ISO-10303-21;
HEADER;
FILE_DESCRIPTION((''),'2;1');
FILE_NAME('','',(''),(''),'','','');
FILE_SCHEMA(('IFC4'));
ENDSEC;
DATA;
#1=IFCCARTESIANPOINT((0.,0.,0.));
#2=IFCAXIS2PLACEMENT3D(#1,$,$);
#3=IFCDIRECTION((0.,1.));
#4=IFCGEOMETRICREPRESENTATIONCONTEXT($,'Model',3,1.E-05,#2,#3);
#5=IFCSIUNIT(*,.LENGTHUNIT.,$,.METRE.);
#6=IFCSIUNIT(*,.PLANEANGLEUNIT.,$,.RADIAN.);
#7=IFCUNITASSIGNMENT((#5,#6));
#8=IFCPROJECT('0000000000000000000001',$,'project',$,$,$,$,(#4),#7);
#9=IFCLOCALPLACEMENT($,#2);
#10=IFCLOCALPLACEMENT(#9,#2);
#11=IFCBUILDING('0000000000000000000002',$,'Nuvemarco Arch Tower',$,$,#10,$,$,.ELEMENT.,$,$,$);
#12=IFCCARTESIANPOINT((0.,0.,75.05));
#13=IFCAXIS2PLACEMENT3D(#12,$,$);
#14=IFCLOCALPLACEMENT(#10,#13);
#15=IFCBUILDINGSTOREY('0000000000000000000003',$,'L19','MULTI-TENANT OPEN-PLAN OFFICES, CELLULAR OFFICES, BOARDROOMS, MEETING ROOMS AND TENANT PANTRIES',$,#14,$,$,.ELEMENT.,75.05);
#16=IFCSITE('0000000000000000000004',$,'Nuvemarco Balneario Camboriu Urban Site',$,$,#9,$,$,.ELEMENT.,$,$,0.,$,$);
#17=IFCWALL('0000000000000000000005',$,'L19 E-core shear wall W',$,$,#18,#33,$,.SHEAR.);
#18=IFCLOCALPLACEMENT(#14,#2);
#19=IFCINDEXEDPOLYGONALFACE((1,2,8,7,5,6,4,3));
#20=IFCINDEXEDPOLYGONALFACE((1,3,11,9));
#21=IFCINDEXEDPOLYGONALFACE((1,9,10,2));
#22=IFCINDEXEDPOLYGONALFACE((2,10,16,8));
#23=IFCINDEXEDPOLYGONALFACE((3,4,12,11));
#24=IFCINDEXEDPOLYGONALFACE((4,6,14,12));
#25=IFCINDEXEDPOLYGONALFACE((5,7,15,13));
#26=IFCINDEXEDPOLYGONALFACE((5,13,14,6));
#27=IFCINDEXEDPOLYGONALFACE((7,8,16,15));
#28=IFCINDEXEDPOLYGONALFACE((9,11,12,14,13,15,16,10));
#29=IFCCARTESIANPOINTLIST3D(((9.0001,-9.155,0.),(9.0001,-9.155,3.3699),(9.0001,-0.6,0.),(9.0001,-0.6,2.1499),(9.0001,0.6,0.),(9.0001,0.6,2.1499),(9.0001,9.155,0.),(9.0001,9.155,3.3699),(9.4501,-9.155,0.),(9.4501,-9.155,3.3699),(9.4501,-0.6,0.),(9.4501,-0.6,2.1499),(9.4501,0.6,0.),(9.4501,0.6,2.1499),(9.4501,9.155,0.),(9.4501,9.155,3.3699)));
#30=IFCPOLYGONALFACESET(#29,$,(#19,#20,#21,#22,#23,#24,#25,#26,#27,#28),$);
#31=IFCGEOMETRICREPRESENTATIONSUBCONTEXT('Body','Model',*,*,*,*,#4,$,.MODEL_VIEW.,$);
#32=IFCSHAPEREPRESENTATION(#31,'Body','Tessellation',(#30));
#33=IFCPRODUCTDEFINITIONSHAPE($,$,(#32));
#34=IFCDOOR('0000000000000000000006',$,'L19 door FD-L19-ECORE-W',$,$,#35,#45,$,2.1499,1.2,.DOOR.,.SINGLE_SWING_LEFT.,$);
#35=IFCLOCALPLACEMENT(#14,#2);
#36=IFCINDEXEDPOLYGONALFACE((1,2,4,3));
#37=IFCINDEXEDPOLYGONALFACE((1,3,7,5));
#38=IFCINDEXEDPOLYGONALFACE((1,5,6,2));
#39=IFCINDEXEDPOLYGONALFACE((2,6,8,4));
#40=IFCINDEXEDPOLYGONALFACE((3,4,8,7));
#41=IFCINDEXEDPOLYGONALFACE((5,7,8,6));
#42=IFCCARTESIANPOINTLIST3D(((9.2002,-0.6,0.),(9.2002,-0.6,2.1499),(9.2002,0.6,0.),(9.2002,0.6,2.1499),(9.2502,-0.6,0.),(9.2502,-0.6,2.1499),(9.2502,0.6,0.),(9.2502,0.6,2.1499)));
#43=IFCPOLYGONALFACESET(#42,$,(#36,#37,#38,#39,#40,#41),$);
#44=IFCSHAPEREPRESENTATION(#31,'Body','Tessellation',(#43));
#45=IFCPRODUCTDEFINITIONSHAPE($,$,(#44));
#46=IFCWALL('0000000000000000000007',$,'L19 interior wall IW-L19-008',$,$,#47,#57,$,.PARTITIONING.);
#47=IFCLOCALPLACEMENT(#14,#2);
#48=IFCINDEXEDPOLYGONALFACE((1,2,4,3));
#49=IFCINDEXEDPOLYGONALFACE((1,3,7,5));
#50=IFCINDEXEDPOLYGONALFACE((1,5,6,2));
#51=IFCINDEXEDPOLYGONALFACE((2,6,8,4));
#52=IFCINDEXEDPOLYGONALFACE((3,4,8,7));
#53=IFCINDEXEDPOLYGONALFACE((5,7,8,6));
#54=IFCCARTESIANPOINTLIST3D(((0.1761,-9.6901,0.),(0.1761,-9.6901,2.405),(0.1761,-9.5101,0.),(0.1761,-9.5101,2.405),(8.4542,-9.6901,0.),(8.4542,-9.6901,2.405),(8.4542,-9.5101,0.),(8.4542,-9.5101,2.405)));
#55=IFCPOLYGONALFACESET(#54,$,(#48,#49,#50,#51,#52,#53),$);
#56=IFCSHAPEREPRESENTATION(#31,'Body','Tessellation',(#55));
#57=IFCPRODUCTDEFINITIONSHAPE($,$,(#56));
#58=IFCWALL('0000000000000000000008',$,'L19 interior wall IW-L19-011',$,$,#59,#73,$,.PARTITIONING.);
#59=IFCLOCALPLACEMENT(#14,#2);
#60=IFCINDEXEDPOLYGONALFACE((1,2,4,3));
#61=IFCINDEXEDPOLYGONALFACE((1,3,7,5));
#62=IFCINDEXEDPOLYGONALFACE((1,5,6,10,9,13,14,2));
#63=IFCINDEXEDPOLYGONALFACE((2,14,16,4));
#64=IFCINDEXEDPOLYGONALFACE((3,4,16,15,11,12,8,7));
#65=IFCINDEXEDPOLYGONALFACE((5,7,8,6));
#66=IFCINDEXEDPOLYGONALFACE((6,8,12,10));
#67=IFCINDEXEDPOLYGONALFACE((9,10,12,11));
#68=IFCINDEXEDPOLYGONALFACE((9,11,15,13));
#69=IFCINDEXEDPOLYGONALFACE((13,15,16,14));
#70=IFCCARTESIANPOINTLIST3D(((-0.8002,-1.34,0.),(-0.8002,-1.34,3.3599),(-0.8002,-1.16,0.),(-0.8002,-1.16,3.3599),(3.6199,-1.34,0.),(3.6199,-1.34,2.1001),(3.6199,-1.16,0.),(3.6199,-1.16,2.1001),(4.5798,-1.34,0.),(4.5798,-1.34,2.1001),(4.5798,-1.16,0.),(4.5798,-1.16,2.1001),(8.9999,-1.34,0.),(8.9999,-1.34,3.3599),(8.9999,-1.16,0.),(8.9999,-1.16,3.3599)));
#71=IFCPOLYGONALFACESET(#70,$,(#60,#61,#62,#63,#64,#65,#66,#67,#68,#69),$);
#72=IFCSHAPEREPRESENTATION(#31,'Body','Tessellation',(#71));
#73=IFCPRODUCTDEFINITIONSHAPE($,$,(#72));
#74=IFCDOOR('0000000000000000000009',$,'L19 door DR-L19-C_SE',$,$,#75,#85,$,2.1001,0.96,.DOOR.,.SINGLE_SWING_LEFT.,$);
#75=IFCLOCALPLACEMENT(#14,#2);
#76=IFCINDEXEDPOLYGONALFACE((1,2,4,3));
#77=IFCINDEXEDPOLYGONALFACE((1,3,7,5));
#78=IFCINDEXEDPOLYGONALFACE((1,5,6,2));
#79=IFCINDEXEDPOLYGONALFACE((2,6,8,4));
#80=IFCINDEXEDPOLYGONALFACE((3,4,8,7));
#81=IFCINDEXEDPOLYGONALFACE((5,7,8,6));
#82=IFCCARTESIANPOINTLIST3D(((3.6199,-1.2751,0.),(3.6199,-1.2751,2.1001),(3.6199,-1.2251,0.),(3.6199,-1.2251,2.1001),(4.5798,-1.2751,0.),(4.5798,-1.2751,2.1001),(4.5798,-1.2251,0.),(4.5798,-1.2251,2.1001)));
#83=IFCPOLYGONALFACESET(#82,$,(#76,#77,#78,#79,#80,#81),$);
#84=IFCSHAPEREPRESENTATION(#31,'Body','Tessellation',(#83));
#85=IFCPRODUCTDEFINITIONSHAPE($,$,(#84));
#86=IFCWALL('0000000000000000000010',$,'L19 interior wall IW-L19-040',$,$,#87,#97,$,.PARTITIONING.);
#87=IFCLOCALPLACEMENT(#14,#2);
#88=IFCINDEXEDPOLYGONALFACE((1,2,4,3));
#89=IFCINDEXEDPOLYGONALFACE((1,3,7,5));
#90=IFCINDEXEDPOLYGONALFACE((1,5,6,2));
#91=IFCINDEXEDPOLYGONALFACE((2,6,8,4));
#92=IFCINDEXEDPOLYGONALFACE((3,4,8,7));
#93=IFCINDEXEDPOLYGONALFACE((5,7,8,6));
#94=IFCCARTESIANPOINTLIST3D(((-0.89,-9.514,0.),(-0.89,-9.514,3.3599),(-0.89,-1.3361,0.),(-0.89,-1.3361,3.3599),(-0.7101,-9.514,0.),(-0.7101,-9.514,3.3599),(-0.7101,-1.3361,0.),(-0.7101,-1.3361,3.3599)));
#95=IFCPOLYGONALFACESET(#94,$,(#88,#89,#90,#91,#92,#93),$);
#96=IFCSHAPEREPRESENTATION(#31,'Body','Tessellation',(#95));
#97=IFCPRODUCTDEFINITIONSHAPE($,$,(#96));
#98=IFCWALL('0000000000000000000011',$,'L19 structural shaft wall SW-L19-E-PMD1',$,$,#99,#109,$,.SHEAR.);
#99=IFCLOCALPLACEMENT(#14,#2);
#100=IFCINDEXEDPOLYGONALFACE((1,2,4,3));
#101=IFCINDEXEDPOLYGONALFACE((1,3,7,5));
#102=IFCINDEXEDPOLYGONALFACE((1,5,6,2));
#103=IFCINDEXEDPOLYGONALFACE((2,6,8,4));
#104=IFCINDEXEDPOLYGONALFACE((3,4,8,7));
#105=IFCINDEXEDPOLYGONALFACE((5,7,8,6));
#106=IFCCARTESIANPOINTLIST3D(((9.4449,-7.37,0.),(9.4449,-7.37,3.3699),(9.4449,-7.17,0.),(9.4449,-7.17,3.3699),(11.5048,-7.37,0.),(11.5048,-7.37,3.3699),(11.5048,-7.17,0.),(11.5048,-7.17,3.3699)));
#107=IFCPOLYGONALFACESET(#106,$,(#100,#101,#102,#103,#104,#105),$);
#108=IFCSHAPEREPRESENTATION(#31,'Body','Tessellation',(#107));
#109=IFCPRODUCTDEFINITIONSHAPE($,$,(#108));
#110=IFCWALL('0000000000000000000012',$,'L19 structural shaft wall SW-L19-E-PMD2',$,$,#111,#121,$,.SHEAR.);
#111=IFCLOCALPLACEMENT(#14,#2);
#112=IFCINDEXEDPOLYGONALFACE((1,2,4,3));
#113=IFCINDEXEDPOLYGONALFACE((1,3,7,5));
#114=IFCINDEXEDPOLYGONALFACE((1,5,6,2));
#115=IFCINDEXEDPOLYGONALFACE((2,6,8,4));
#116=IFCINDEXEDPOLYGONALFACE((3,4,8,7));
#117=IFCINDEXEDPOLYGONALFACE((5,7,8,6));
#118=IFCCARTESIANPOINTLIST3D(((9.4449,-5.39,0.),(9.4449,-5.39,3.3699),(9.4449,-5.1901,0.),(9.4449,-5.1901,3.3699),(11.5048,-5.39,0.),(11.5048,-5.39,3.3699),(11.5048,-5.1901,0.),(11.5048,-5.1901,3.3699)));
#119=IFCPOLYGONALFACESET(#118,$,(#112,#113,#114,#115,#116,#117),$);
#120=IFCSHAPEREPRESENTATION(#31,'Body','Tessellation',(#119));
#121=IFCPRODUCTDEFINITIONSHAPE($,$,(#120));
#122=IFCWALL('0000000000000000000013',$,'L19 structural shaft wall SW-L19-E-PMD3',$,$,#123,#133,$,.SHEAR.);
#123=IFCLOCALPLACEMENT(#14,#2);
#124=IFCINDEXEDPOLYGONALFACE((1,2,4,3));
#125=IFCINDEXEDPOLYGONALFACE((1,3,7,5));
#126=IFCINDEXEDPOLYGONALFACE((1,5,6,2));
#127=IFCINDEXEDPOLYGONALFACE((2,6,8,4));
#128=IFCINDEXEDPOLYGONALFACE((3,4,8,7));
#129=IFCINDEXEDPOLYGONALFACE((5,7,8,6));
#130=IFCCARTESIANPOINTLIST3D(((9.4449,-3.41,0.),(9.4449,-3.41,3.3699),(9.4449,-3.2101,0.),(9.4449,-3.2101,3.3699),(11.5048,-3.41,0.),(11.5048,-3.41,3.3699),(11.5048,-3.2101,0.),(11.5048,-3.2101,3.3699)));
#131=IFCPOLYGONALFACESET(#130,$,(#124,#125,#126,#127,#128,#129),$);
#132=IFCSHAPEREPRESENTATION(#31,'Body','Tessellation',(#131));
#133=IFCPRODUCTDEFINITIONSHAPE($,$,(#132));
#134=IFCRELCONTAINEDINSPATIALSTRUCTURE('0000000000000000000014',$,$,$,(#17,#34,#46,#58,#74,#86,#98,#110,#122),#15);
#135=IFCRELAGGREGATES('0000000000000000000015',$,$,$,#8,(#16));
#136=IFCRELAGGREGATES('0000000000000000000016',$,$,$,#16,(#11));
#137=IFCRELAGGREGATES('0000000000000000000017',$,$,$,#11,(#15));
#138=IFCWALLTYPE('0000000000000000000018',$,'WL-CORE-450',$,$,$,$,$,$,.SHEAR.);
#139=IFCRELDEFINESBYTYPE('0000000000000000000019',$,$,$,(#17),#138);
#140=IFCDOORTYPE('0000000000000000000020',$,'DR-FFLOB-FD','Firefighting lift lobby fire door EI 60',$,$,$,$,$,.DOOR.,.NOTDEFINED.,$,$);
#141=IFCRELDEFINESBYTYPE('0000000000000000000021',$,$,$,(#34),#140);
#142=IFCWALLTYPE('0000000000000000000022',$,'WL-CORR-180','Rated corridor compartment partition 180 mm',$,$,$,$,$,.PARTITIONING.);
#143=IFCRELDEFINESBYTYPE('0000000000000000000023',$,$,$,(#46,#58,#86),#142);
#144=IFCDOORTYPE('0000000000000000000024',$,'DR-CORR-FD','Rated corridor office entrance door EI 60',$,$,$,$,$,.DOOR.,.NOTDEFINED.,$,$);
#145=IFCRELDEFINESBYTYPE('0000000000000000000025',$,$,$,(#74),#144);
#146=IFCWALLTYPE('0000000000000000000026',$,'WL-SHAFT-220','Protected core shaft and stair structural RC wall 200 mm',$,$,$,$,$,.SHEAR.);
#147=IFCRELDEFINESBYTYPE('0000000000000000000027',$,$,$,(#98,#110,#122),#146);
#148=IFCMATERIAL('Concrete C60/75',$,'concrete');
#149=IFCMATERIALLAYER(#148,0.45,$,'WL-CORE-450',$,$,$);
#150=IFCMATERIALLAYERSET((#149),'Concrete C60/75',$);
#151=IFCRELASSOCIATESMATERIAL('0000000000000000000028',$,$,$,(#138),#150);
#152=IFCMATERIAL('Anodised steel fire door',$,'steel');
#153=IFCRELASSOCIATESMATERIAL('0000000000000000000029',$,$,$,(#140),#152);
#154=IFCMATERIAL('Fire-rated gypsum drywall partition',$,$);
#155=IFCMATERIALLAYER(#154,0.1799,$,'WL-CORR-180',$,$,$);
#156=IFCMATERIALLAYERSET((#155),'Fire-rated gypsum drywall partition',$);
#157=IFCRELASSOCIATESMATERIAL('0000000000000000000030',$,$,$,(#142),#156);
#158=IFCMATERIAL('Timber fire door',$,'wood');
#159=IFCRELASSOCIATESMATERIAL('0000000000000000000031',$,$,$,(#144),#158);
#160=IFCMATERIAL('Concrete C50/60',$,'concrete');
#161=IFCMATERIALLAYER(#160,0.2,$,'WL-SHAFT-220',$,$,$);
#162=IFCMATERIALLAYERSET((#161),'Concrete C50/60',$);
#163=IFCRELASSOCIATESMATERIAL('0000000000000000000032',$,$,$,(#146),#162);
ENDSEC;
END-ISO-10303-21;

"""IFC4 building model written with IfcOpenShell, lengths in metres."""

from ifc_helpers import new_model, si_unit, direction, frame, frame_2d, origin, place, context, subcontext, project, spatial, rectangle, extrude, source, transform, mapped, material, layer, layer_set, type_object, type_shapes, element, fill, save


model = new_model("IFC4")

# Units and contexts
model_context = context("Model", 3, precision=1e-05, world=origin(), true_north=direction((0.0, 1.0)))
body_context = subcontext(model_context, "Body", "Model", "MODEL_VIEW")
ifc_project = project(units=[si_unit("LENGTHUNIT", "METRE"), si_unit("PLANEANGLEUNIT", "RADIAN")], contexts=[model_context])

# Site, building, storey
site_placement = place(None, origin())
site = spatial("IfcSite", under=ifc_project, at=site_placement, Name="Nuvemarco Balneario Camboriu Urban Site", CompositionType="ELEMENT", RefElevation=0.0)
building_placement = place(site_placement, origin())
building = spatial("IfcBuilding", under=site, at=building_placement, Name="Nuvemarco Arch Tower", CompositionType="ELEMENT")
storey_placement = place(building_placement, frame((0.0, 0.0, 75.05)))
storey = spatial("IfcBuildingStorey", under=building, at=storey_placement, Name="L19", Description="MULTI-TENANT OPEN-PLAN OFFICES, CELLULAR OFFICES, BOARDROOMS, MEETING ROOMS AND TENANT PANTRIES", CompositionType="ELEMENT", Elevation=75.05)

# Shared definitions
ifc_material_1 = material(Name="Concrete C60/75", Category="concrete")

# Shared definitions
ifc_material_2 = material(Name="Concrete C50/60", Category="concrete")

# Shared definitions
ifc_layer_1 = layer(ifc_material_1, 0.45, Name="WL-CORE-450")
ifc_layer_set_1 = layer_set([ifc_layer_1], Name="Concrete C60/75")
wall_type_1 = type_object("IfcWallType", Name="WL-CORE-450", PredefinedType="SHEAR", material=ifc_layer_set_1)

# Wall, opening, door
wall_1_placement = place(storey_placement, frame((9.2251, -9.155, 0.0), z_axis=(0.0, 0.0, 1.0), x_axis=(0.0, 1.0, 0.0)))
wall_1 = element("IfcWall", 1, at=wall_1_placement, inside=storey, type_object=wall_type_1, Name="L19 E-core shear wall W", PredefinedType="SHEAR", context=body_context, shape_type="SweptSolid", body=[
    extrude(rectangle(XDim=18.3101, YDim=0.45, at=frame_2d((9.155, 0.0))), origin(), (0.0, 0.0, 1.0), 3.3699),
])
opening_1_placement = place(wall_1_placement, frame((8.5549, 0.0, 0.0)))
opening_1 = element("IfcOpeningElement", 2, at=opening_1_placement, cuts=wall_1, PredefinedType="OPENING", context=body_context, shape_type="SweptSolid", body=[
    extrude(rectangle(XDim=1.2, YDim=2.1499, at=frame_2d((0.6001, 1.075))), frame((0.0, 0.2349, 0.0), z_axis=(0.0, -1.0, 0.0), x_axis=(1.0, 0.0, 0.0)), (0.0, 0.0, 1.0), 0.47),
])
ifc_material_3 = material(Name="Anodised steel fire door", Category="steel")
door_type_1 = type_object("IfcDoorType", Name="DR-FFLOB-FD", Description="Firefighting lift lobby fire door EI 60", OperationType="NOTDEFINED", PredefinedType="DOOR", material=ifc_material_3)
shared_shape_1 = source(origin(), body_context, "Body", "SweptSolid", [
    extrude(rectangle(XDim=1.2, YDim=2.1499, at=frame_2d((0.6001, 1.075))), frame((0.0, 0.0249, 0.0), z_axis=(0.0, -1.0, 0.0), x_axis=(1.0, 0.0, 0.0)), (0.0, 0.0, 1.0), 0.05),
])
type_shapes(door_type_1, [shared_shape_1])
door_1_placement = place(opening_1_placement, origin())
door_1 = element("IfcDoor", 3, at=door_1_placement, inside=storey, type_object=door_type_1, Name="L19 door FD-L19-ECORE-W", OperationType="SINGLE_SWING_LEFT", OverallHeight=2.1499, OverallWidth=1.2, PredefinedType="DOOR", context=body_context, shape_type="MappedRepresentation", body=[
    mapped(shared_shape_1, transform((0.0, 0.0, 0.0), scale=1.0)),
])
fill(opening_1, door_1)

# Wall
ifc_material_4 = material(Name="Fire-rated gypsum drywall partition")
ifc_layer_2 = layer(ifc_material_4, 0.1799, Name="WL-CORR-180")
ifc_layer_set_2 = layer_set([ifc_layer_2], Name="Fire-rated gypsum drywall partition")
wall_type_2 = type_object("IfcWallType", Name="WL-CORR-180", Description="Rated corridor compartment partition 180 mm", PredefinedType="PARTITIONING", material=ifc_layer_set_2)
wall_2_placement = place(storey_placement, frame((0.176, -9.6001, 0.0), z_axis=(0.0, 0.0, 1.0), x_axis=(1.0, 0.0, 0.0)))
element("IfcWall", 4, at=wall_2_placement, inside=storey, type_object=wall_type_2, Name="L19 interior wall IW-L19-008", PredefinedType="PARTITIONING", context=body_context, shape_type="SweptSolid", body=[
    extrude(rectangle(XDim=8.2781, YDim=0.1799, at=frame_2d((4.1392, 0.0))), origin(), (0.0, 0.0, 1.0), 2.405),
])

# Wall, opening, door
wall_3_placement = place(storey_placement, frame((-0.8, -1.25, 0.0), z_axis=(0.0, 0.0, 1.0), x_axis=(1.0, 0.0, 0.0)))
wall_3 = element("IfcWall", 5, at=wall_3_placement, inside=storey, type_object=wall_type_2, Name="L19 interior wall IW-L19-011", PredefinedType="PARTITIONING", context=body_context, shape_type="SweptSolid", body=[
    extrude(rectangle(XDim=9.8, YDim=0.1799, at=frame_2d((4.8999, 0.0))), origin(), (0.0, 0.0, 1.0), 3.3599),
])
opening_2_placement = place(wall_3_placement, frame((4.4199, 0.0, 0.0)))
opening_2 = element("IfcOpeningElement", 6, at=opening_2_placement, cuts=wall_3, PredefinedType="OPENING", context=body_context, shape_type="SweptSolid", body=[
    extrude(rectangle(XDim=0.96, YDim=2.1001, at=frame_2d((0.48, 1.05))), frame((0.0, 0.0999, 0.0), z_axis=(0.0, -1.0, 0.0), x_axis=(1.0, 0.0, 0.0)), (0.0, 0.0, 1.0), 0.2),
])
ifc_material_5 = material(Name="Timber fire door", Category="wood")
door_type_2 = type_object("IfcDoorType", Name="DR-CORR-FD", Description="Rated corridor office entrance door EI 60", OperationType="NOTDEFINED", PredefinedType="DOOR", material=ifc_material_5)
shared_shape_2 = source(origin(), body_context, "Body", "SweptSolid", [
    extrude(rectangle(XDim=0.96, YDim=2.1001, at=frame_2d((0.48, 1.05))), frame((0.0, 0.0249, 0.0), z_axis=(0.0, -1.0, 0.0), x_axis=(1.0, 0.0, 0.0)), (0.0, 0.0, 1.0), 0.05),
])
type_shapes(door_type_2, [shared_shape_2])
door_2_placement = place(opening_2_placement, origin())
door_2 = element("IfcDoor", 7, at=door_2_placement, inside=storey, type_object=door_type_2, Name="L19 door DR-L19-C_SE", OperationType="SINGLE_SWING_LEFT", OverallHeight=2.1001, OverallWidth=0.96, PredefinedType="DOOR", context=body_context, shape_type="MappedRepresentation", body=[
    mapped(shared_shape_2, transform((0.0, 0.0, 0.0), scale=1.0)),
])
fill(opening_2, door_2)

# Walls
wall_4_placement = place(storey_placement, frame((-0.8, -9.5139, 0.0), z_axis=(0.0, 0.0, 1.0), x_axis=(0.0, 1.0, 0.0)))
element("IfcWall", 8, at=wall_4_placement, inside=storey, type_object=wall_type_2, Name="L19 interior wall IW-L19-040", PredefinedType="PARTITIONING", context=body_context, shape_type="SweptSolid", body=[
    extrude(rectangle(XDim=8.178, YDim=0.1799, at=frame_2d((4.0889, 0.0))), origin(), (0.0, 0.0, 1.0), 3.3599),
])
ifc_layer_3 = layer(ifc_material_2, 0.2, Name="WL-SHAFT-220")
ifc_layer_set_3 = layer_set([ifc_layer_3], Name="Concrete C50/60")
wall_type_3 = type_object("IfcWallType", Name="WL-SHAFT-220", Description="Protected core shaft and stair structural RC wall 200 mm", PredefinedType="SHEAR", material=ifc_layer_set_3)
for number, where, z_axis, x_axis, name in (
    (9, (9.4451, -7.27, 0.0), (0.0, 0.0, 1.0), (1.0, 0.0, 0.0), "L19 structural shaft wall SW-L19-E-PMD1"),
    (10, (9.4451, -5.29, 0.0), (0.0, 0.0, 1.0), (1.0, 0.0, 0.0), "L19 structural shaft wall SW-L19-E-PMD2"),
    (11, (9.4451, -3.3101, 0.0), (0.0, 0.0, 1.0), (1.0, 0.0, 0.0), "L19 structural shaft wall SW-L19-E-PMD3"),
):
    element("IfcWall", number, at=place(storey_placement, frame(where, z_axis=z_axis, x_axis=x_axis)), inside=storey, type_object=wall_type_3, Name=name, PredefinedType="SHEAR", context=body_context, shape_type="SweptSolid", body=[
        extrude(rectangle(XDim=2.0598, YDim=0.2, at=frame_2d((1.0298, 0.0))), origin(), (0.0, 0.0, 1.0), 3.3699),
    ])

save(model, "model.ifc")
